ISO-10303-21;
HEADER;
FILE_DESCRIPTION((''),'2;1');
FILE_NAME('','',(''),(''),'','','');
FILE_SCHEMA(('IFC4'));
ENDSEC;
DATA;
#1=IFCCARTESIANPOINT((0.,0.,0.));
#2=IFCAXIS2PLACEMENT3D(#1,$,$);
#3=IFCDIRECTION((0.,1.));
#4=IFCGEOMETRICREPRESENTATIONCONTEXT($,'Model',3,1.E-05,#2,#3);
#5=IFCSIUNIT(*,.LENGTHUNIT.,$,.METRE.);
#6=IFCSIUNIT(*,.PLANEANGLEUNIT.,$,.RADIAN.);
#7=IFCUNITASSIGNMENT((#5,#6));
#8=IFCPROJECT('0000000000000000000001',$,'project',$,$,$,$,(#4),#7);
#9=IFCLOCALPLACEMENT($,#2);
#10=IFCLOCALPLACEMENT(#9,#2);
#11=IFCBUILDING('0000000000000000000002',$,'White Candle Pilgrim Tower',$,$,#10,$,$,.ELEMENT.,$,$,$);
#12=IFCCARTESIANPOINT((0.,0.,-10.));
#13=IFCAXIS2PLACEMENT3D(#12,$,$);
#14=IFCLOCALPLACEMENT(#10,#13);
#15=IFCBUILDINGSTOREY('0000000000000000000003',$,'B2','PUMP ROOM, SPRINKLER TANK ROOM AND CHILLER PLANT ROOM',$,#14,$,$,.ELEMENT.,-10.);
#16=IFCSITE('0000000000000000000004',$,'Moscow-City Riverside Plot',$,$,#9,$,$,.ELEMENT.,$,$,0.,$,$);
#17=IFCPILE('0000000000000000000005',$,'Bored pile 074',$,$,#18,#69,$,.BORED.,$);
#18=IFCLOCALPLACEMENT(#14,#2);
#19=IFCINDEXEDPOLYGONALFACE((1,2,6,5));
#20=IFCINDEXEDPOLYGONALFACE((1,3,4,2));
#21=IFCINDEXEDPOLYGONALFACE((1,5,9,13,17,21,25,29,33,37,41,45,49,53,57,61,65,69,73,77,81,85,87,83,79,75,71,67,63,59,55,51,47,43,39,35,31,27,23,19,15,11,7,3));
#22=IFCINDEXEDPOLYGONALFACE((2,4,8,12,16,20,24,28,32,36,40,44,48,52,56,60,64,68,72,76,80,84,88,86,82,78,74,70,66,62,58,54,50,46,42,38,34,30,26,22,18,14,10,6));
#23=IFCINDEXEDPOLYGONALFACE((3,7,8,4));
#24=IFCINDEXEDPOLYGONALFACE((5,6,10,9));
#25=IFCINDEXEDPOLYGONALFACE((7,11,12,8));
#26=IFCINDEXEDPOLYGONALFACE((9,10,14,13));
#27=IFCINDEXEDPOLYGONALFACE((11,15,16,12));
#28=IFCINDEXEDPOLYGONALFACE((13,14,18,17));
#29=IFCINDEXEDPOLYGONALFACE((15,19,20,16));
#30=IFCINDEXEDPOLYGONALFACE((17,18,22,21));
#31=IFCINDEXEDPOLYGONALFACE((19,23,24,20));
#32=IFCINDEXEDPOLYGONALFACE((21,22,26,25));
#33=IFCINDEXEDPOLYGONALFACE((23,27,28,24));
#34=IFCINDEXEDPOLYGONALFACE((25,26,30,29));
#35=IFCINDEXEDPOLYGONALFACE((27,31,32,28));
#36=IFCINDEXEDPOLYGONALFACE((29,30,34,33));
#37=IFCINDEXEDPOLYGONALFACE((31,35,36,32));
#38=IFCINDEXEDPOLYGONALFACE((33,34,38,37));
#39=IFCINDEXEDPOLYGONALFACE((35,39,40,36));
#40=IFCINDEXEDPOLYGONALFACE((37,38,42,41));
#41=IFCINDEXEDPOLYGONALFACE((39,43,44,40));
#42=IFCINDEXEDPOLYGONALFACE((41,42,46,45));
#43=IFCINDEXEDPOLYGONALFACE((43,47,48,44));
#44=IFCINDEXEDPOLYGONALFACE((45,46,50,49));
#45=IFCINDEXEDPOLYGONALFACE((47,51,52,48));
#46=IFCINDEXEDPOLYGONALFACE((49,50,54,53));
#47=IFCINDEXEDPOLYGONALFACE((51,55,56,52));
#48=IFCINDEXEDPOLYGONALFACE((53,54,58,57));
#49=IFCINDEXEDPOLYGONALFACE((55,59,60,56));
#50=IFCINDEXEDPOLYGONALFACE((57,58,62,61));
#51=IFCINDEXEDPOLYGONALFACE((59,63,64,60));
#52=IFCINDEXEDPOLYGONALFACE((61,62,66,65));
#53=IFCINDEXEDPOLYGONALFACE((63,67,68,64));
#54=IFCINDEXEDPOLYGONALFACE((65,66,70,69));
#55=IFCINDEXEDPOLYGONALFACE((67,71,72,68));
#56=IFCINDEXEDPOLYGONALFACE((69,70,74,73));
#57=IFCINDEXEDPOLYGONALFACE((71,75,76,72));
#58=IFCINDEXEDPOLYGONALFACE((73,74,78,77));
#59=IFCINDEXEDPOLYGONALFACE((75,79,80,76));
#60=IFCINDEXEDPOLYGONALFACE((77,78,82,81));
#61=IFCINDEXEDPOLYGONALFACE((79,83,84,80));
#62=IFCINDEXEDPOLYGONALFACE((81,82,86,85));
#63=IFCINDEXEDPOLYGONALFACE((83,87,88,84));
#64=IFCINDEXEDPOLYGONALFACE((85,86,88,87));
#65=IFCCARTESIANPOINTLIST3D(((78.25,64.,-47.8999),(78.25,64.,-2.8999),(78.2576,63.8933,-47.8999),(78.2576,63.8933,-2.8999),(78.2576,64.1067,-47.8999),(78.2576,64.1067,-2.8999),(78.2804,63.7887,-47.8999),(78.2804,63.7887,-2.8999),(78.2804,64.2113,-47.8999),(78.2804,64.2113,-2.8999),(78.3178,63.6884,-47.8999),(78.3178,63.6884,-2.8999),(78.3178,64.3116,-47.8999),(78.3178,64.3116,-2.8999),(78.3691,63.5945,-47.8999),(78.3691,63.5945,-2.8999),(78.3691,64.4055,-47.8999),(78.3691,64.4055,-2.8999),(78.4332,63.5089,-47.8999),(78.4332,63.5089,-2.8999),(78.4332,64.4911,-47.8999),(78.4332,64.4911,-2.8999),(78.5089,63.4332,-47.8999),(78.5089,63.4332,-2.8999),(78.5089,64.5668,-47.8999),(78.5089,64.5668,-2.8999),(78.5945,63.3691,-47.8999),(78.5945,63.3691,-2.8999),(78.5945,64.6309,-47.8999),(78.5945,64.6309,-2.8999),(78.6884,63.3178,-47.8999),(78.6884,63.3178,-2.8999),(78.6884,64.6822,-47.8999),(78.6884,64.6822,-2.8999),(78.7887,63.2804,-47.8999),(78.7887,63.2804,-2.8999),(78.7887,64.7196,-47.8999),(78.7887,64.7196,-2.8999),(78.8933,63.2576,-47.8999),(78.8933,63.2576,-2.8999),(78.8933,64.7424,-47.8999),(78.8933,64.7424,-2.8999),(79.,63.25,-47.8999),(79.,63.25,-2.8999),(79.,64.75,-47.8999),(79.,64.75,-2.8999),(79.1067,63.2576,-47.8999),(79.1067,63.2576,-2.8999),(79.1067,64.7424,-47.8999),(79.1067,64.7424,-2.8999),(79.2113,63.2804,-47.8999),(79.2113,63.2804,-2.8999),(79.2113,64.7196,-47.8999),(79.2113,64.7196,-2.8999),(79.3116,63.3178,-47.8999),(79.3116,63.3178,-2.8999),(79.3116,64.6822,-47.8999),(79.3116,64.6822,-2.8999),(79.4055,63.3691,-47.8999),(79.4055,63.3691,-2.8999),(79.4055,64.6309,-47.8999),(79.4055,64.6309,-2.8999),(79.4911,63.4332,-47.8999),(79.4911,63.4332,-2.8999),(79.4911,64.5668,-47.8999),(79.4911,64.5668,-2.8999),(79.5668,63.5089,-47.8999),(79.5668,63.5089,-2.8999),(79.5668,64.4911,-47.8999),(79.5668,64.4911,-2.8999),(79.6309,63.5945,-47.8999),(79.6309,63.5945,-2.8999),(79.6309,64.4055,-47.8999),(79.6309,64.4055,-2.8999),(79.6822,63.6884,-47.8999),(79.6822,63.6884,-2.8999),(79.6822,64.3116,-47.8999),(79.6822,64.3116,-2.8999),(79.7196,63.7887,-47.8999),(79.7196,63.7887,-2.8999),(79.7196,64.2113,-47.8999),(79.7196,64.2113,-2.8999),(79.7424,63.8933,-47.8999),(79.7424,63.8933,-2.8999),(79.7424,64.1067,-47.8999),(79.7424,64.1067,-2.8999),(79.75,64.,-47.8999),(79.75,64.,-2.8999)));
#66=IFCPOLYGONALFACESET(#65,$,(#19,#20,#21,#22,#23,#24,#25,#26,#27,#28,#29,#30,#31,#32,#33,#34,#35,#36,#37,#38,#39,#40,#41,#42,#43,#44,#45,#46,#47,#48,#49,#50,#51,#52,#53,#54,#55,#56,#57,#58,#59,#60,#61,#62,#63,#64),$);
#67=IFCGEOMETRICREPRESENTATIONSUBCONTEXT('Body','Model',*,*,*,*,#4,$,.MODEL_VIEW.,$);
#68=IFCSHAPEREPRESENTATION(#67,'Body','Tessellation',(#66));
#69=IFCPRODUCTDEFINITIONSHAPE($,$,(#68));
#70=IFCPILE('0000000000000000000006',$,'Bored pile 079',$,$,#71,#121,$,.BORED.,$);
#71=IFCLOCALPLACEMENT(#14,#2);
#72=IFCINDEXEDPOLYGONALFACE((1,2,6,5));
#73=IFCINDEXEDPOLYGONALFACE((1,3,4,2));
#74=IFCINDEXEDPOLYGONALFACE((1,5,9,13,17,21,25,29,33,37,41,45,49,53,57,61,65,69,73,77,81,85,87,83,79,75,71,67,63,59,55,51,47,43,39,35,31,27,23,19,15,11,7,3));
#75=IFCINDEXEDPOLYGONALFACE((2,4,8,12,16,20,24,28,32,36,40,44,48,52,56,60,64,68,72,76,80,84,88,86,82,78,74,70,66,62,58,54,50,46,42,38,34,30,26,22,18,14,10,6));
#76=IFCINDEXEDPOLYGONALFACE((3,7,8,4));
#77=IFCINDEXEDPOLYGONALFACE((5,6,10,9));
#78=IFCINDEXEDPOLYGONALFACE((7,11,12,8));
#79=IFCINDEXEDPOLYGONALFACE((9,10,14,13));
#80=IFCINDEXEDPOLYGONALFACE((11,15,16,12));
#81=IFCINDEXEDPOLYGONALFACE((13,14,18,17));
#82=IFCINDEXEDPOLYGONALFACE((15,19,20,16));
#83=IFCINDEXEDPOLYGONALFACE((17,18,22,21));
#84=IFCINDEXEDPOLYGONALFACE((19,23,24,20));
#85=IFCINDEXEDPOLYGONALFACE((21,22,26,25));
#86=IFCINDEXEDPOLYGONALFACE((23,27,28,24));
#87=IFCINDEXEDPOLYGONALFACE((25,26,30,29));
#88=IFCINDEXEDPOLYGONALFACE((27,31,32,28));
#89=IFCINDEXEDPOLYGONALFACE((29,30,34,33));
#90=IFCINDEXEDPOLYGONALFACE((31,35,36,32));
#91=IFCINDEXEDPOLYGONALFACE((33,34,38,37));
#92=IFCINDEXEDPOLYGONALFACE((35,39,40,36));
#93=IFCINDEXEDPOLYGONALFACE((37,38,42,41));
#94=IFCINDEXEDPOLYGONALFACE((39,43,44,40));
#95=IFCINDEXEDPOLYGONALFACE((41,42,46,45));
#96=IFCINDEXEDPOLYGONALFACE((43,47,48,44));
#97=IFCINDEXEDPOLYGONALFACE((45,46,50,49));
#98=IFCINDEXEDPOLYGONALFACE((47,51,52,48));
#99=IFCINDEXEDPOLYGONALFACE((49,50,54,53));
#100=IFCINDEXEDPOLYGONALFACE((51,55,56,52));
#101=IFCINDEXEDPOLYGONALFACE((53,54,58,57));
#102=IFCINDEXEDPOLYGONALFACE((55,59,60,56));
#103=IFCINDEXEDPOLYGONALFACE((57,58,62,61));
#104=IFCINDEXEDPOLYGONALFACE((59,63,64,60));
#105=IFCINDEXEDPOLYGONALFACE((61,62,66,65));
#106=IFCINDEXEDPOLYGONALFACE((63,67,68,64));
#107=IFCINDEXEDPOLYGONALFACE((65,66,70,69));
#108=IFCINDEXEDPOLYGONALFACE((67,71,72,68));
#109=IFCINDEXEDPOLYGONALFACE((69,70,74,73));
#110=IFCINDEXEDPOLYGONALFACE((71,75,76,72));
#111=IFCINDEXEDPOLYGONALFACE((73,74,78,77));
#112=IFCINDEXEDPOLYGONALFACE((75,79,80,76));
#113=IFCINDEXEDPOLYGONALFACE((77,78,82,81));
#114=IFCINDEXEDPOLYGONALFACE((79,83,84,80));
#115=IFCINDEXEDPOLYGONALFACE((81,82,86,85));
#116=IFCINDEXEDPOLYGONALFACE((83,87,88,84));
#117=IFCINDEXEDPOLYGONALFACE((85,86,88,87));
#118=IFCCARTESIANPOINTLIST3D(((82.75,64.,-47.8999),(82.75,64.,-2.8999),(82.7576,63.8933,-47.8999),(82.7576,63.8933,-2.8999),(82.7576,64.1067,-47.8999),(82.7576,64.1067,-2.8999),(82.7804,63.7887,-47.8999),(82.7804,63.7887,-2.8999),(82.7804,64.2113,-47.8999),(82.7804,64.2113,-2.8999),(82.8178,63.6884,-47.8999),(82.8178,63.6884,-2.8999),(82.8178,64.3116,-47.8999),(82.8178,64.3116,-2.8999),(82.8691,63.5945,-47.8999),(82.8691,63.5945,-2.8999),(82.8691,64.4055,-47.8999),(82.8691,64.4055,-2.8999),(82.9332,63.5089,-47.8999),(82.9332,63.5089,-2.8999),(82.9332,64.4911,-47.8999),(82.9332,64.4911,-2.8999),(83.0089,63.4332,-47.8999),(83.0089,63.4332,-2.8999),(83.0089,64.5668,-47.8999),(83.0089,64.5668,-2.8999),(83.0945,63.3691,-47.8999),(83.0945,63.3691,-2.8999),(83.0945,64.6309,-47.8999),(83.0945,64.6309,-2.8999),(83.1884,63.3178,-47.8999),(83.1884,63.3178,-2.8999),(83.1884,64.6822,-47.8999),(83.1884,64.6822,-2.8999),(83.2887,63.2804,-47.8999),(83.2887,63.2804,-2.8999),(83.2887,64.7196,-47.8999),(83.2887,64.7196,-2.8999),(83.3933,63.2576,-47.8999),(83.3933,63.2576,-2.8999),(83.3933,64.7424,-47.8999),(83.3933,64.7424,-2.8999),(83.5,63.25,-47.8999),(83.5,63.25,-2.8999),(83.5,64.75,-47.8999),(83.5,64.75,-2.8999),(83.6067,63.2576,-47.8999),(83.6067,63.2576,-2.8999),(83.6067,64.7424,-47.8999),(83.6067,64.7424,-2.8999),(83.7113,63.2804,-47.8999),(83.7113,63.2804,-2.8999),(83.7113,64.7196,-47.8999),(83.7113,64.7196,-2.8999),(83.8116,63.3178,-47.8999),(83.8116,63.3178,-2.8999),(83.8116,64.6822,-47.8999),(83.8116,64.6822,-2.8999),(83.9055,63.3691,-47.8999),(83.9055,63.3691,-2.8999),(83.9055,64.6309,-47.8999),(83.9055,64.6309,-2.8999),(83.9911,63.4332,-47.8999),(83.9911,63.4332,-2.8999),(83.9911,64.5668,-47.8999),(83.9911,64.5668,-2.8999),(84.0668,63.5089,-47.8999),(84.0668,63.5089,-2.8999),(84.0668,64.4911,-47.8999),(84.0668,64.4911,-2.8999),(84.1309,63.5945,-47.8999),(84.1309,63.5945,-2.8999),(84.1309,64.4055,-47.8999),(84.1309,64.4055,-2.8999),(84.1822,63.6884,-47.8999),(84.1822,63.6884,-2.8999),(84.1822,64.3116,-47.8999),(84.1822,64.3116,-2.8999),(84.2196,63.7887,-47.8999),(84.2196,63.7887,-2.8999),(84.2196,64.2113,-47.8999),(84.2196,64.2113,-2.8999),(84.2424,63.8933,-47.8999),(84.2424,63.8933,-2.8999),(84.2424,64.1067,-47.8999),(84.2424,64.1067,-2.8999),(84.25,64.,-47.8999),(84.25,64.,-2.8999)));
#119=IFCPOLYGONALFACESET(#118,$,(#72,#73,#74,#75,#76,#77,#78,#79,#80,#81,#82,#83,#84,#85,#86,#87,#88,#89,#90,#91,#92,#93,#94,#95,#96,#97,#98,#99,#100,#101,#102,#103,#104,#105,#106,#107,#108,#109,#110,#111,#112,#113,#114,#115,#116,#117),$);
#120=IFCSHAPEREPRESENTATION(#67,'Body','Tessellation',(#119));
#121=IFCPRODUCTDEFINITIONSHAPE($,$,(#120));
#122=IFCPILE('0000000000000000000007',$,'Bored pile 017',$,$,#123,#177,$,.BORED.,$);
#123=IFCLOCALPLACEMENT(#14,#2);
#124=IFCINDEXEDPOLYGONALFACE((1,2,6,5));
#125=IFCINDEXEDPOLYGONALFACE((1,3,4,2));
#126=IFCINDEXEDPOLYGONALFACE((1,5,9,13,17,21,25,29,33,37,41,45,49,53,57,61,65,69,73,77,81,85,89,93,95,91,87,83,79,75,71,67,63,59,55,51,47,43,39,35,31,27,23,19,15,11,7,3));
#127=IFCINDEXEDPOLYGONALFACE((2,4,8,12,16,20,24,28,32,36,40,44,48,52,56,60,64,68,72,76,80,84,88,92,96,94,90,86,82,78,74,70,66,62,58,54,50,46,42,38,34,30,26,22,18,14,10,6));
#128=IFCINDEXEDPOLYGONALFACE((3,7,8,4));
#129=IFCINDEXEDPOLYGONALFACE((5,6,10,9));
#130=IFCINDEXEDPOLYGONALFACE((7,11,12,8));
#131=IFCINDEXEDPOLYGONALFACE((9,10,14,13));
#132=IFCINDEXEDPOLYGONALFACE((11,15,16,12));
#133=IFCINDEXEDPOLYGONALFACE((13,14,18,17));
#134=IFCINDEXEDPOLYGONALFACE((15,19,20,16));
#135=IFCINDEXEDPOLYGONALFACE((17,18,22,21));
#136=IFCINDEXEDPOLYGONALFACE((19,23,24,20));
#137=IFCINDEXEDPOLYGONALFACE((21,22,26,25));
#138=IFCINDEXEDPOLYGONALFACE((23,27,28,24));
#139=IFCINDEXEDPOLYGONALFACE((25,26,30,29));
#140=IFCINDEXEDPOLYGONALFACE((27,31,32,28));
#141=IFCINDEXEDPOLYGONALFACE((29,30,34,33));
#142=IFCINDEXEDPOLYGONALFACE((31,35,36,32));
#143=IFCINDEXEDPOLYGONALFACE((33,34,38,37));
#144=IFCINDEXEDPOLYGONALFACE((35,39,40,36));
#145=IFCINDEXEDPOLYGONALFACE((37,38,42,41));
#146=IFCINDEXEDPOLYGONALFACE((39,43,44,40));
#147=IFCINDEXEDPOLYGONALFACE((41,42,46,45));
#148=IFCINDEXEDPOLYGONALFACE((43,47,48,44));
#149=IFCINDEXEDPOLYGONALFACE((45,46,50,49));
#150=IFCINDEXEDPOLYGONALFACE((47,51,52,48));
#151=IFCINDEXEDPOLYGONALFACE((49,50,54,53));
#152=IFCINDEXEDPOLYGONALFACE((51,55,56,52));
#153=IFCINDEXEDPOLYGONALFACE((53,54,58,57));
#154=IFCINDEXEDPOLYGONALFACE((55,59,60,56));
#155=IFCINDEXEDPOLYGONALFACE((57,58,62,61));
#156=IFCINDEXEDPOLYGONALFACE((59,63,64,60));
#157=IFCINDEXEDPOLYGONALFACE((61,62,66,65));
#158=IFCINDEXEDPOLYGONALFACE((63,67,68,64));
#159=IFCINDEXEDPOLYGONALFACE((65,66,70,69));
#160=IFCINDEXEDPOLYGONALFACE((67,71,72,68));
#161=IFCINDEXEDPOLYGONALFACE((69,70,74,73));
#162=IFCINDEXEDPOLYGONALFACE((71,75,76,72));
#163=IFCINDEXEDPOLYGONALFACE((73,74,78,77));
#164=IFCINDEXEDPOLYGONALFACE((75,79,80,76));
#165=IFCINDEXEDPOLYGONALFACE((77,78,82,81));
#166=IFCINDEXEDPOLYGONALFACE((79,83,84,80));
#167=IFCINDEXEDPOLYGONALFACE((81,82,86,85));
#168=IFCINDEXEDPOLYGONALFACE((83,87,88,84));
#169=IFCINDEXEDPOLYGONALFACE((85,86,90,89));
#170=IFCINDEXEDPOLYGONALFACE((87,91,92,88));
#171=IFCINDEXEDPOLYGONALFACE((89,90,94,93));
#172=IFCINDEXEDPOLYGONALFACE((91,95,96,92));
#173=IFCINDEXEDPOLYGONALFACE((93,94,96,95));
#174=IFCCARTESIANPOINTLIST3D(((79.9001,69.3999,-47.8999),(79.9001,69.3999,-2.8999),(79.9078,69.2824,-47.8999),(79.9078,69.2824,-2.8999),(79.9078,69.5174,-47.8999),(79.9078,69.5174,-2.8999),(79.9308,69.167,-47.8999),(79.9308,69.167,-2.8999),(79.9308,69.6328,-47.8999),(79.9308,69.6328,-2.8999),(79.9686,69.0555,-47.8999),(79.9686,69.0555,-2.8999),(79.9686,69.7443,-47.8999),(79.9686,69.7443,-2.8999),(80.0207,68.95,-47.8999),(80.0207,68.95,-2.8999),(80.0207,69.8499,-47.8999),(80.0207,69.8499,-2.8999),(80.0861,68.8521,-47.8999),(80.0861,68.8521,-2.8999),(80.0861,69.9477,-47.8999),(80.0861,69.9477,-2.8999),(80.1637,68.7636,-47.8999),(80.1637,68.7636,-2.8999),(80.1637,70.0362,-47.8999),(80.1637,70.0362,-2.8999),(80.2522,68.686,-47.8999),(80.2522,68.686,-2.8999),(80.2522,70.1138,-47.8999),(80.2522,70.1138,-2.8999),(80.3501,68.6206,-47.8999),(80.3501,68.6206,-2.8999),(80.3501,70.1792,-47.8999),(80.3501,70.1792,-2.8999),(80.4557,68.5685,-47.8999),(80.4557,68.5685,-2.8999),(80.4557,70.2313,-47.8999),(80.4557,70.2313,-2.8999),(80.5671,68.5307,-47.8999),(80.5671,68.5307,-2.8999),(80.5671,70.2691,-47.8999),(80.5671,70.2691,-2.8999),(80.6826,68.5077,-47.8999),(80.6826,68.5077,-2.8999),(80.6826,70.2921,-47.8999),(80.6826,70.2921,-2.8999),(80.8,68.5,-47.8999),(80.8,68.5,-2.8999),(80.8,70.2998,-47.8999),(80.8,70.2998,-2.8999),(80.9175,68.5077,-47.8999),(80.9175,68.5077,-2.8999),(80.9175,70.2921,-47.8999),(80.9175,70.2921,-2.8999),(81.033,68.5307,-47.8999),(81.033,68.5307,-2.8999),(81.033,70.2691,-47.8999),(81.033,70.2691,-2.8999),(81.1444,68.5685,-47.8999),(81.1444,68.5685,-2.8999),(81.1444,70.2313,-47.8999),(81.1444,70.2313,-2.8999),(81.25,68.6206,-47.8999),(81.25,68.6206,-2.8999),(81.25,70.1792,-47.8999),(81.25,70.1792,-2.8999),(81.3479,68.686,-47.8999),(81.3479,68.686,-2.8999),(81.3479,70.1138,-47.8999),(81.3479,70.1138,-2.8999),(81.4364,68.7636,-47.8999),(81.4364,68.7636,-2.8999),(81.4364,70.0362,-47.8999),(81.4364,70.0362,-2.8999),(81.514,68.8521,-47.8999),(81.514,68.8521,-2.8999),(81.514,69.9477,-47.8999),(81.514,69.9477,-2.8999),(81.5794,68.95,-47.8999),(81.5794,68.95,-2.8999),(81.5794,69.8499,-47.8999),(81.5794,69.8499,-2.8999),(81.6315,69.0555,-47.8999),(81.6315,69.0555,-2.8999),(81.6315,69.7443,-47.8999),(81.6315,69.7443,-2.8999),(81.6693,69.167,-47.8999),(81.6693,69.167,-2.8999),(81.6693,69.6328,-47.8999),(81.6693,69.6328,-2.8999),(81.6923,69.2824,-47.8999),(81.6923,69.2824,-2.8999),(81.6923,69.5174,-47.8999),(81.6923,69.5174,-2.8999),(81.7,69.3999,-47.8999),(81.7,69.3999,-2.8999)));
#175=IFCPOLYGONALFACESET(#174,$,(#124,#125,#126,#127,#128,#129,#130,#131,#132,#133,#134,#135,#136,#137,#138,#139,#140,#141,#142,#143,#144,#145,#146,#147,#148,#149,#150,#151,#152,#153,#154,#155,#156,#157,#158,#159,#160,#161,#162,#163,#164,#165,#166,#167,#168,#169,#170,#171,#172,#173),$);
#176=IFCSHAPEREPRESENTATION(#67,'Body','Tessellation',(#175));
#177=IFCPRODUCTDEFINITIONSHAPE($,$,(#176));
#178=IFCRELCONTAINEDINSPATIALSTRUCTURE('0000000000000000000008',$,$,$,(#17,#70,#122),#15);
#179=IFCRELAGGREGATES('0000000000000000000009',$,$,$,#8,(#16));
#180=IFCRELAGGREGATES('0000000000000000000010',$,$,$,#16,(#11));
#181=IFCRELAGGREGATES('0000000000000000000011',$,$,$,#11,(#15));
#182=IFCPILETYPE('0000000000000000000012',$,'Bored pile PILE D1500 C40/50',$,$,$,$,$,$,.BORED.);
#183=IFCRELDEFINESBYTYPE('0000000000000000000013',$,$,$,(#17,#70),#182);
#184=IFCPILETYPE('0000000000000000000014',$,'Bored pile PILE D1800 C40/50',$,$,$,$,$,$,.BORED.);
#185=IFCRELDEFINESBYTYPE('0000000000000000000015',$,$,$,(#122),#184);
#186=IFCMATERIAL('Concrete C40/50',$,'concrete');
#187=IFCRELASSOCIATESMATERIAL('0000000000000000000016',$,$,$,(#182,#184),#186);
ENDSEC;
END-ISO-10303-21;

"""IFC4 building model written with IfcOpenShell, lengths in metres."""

from ifc_helpers import new_model, si_unit, direction, frame, origin, origin_2d, place, context, subcontext, project, spatial, circle, extrude, material, material_profile, profile_set, type_object, element, save


model = new_model("IFC4")

# Units and contexts
model_context = context("Model", 3, precision=1e-05, world=origin(), true_north=direction((0.0, 1.0)))
body_context = subcontext(model_context, "Body", "Model", "MODEL_VIEW")
ifc_project = project(units=[si_unit("LENGTHUNIT", "METRE"), si_unit("PLANEANGLEUNIT", "RADIAN")], contexts=[model_context])

# Site, building, storey
site_placement = place(None, origin())
site = spatial("IfcSite", under=ifc_project, at=site_placement, Name="Moscow-City Riverside Plot", CompositionType="ELEMENT", RefElevation=0.0)
building_placement = place(site_placement, origin())
building = spatial("IfcBuilding", under=site, at=building_placement, Name="White Candle Pilgrim Tower", CompositionType="ELEMENT")
storey_placement = place(building_placement, frame((0.0, 0.0, -10.0)))
storey = spatial("IfcBuildingStorey", under=building, at=storey_placement, Name="B2", Description="PUMP ROOM, SPRINKLER TANK ROOM AND CHILLER PLANT ROOM", CompositionType="ELEMENT", Elevation=-10.0)

# Piles
ifc_material_1 = material(Name="Concrete C40/50", Category="concrete")
ifc_material_profile_1 = material_profile(ifc_material_1, circle(Radius=0.75, at=origin_2d()), Name="PILE D1500")
ifc_profile_set_1 = profile_set([ifc_material_profile_1], Name="Concrete C40/50")
pile_type_1 = type_object("IfcPileType", Name="Bored pile PILE D1500 C40/50", PredefinedType="BORED", material=ifc_profile_set_1)
for number, where, z_axis, x_axis, name in (
    (1, (79.0, 64.0, -2.8999), (0.0, 0.0, -1.0), (1.0, 0.0, 0.0), "Bored pile 074"),
    (2, (83.5, 64.0, -2.8999), (0.0, 0.0, -1.0), (1.0, 0.0, 0.0), "Bored pile 079"),
):
    element("IfcPile", number, at=place(storey_placement, frame(where, z_axis=z_axis, x_axis=x_axis)), inside=storey, type_object=pile_type_1, Name=name, PredefinedType="BORED", context=body_context, shape_type="SweptSolid", body=[
        extrude(circle(Radius=0.75, at=origin_2d()), origin(), (0.0, 0.0, 1.0), 45.0),
    ])
ifc_material_profile_2 = material_profile(ifc_material_1, circle(Radius=0.8999, at=origin_2d()), Name="PILE D1800")
ifc_profile_set_2 = profile_set([ifc_material_profile_2], Name="Concrete C40/50")
pile_type_2 = type_object("IfcPileType", Name="Bored pile PILE D1800 C40/50", PredefinedType="BORED", material=ifc_profile_set_2)
for number, where, z_axis, x_axis, name in (
    (3, (80.8, 69.3999, -2.8999), (0.0, 0.0, -1.0), (1.0, 0.0, 0.0), "Bored pile 017"),
):
    element("IfcPile", number, at=place(storey_placement, frame(where, z_axis=z_axis, x_axis=x_axis)), inside=storey, type_object=pile_type_2, Name=name, PredefinedType="BORED", context=body_context, shape_type="SweptSolid", body=[
        extrude(circle(Radius=0.8999, at=origin_2d()), origin(), (0.0, 0.0, 1.0), 45.0),
    ])

save(model, "model.ifc")
